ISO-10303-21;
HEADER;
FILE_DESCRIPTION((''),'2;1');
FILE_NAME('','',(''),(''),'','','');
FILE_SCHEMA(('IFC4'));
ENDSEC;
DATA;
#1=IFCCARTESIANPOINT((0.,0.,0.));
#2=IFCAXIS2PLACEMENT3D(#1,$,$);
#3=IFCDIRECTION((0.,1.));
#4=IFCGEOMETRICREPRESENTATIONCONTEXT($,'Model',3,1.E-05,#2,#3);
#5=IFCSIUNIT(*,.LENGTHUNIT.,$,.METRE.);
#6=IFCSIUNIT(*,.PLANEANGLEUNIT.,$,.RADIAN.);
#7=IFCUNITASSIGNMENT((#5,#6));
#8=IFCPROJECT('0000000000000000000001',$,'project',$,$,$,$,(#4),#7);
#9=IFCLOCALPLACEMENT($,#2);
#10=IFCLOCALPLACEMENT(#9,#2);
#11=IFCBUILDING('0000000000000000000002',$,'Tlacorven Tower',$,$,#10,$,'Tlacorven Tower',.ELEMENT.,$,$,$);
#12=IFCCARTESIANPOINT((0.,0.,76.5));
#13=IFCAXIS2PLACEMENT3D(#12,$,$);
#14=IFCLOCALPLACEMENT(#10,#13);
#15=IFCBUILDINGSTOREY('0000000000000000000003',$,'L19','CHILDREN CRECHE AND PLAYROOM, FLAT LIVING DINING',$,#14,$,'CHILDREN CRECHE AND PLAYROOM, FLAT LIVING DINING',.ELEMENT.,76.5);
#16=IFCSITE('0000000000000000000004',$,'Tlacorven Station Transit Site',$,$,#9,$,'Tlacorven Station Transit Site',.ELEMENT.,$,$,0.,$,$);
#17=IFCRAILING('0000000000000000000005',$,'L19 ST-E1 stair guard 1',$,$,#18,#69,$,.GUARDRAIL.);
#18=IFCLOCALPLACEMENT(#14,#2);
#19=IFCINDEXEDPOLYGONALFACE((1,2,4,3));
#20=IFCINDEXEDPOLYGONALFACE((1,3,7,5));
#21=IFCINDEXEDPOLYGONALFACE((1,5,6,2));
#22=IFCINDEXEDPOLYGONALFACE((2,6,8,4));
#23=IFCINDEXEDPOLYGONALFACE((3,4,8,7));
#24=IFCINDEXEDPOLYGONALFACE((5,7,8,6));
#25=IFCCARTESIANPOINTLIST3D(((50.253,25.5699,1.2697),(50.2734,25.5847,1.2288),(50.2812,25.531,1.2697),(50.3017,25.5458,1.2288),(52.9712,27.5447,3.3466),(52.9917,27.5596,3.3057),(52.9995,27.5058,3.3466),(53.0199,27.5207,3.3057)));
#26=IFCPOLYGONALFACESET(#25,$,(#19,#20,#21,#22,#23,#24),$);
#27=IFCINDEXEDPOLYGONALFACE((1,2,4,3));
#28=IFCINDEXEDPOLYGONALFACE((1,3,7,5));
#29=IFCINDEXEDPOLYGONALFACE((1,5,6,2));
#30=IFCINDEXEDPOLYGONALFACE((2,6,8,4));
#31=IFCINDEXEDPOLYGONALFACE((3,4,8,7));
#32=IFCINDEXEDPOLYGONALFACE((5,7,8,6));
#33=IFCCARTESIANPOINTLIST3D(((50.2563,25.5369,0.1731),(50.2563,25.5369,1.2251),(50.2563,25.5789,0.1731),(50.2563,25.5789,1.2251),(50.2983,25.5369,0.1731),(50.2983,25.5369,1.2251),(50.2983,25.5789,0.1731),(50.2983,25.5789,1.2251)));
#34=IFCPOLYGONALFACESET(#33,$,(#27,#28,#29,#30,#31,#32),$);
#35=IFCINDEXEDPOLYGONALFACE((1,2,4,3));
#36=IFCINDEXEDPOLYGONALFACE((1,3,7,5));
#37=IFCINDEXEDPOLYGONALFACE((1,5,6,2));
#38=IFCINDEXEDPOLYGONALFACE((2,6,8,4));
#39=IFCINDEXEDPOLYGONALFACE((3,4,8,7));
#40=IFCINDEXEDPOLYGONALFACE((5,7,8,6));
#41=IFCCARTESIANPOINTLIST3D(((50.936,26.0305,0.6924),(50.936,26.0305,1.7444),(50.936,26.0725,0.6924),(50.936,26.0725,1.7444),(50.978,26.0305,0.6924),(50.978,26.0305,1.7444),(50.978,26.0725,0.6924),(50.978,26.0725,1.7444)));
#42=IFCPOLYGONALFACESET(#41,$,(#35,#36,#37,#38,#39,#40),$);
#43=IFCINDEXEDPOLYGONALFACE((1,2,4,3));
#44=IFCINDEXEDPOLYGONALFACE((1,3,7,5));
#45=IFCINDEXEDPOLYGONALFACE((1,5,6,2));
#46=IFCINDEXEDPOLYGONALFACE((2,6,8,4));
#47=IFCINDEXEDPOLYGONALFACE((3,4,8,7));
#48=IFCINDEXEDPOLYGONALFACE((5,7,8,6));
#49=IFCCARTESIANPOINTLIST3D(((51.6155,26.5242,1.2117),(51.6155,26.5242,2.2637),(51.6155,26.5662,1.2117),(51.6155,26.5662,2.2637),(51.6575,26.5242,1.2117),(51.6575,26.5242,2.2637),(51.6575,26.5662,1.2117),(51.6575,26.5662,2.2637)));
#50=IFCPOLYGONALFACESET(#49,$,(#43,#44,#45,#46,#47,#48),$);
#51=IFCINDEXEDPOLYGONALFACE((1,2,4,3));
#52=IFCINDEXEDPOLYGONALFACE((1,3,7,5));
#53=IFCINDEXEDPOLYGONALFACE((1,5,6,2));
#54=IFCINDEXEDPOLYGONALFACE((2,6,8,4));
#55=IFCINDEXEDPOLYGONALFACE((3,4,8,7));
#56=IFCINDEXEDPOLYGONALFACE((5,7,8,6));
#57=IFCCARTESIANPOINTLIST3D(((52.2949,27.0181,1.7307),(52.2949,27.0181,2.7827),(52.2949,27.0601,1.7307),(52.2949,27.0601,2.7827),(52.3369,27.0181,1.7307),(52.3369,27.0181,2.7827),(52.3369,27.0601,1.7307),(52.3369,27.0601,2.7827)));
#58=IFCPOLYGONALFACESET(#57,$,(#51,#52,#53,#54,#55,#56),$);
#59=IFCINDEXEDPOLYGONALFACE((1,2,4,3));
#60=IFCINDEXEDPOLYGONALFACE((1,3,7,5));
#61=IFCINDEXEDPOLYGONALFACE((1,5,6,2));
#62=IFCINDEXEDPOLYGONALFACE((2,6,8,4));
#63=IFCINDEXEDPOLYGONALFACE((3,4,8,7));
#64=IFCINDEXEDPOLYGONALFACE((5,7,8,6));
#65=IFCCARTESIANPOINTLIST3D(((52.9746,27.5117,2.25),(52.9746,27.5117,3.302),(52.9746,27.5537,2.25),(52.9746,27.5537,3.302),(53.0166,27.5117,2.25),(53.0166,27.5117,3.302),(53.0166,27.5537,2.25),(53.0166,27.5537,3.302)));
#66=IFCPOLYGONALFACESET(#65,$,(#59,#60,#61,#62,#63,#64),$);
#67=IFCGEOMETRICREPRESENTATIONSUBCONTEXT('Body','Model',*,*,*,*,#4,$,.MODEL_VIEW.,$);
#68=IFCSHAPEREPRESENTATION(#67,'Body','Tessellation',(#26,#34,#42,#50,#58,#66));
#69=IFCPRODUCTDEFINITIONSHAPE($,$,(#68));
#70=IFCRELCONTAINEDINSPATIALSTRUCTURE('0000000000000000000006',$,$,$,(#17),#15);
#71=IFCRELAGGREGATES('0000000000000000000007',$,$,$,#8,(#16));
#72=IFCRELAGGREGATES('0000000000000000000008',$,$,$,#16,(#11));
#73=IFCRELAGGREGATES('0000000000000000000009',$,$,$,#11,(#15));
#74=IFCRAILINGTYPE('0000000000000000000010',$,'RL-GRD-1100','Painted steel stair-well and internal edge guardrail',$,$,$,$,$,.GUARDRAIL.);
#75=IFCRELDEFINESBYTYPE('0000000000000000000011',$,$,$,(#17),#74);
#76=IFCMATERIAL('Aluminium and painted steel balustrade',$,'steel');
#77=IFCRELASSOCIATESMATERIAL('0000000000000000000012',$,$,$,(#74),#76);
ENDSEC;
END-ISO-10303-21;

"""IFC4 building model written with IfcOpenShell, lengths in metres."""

from ifc_helpers import new_model, si_unit, direction, frame, origin, origin_2d, place, context, subcontext, project, spatial, rectangle, extrude, source, transform, mapped, material, type_object, element, save


model = new_model("IFC4")

# Units and contexts
model_context = context("Model", 3, precision=1e-05, world=origin(), true_north=direction((0.0, 1.0)))
body_context = subcontext(model_context, "Body", "Model", "MODEL_VIEW")
ifc_project = project(units=[si_unit("LENGTHUNIT", "METRE"), si_unit("PLANEANGLEUNIT", "RADIAN")], contexts=[model_context])

# Site, building, storey
site_placement = place(None, origin())
site = spatial("IfcSite", under=ifc_project, at=site_placement, Name="Tlacorven Station Transit Site", LongName="Tlacorven Station Transit Site", CompositionType="ELEMENT", RefElevation=0.0)
building_placement = place(site_placement, origin())
building = spatial("IfcBuilding", under=site, at=building_placement, Name="Tlacorven Tower", LongName="Tlacorven Tower", CompositionType="ELEMENT")
storey_placement = place(building_placement, frame((0.0, 0.0, 76.5)))
storey = spatial("IfcBuildingStorey", under=building, at=storey_placement, Name="L19", Description="CHILDREN CRECHE AND PLAYROOM, FLAT LIVING DINING", LongName="CHILDREN CRECHE AND PLAYROOM, FLAT LIVING DINING", CompositionType="ELEMENT", Elevation=76.5)

# Railing
ifc_material_1 = material(Name="Aluminium and painted steel balustrade", Category="steel")
railing_type_1 = type_object("IfcRailingType", Name="RL-GRD-1100", Description="Painted steel stair-well and internal edge guardrail", PredefinedType="GUARDRAIL", material=ifc_material_1)
shared_shape_1 = source(origin(), body_context, "Body", "SweptSolid", [
    extrude(rectangle(XDim=0.0481, YDim=0.0481, at=origin_2d()), frame((0.0, 0.0, 1.0762), z_axis=(0.688167, 0.499963, 0.525798), x_axis=(-0.58777, 0.809028, 0.0)), (0.0, 0.0, 1.0), 3.95),
    extrude(rectangle(XDim=0.042, YDim=0.042, at=origin_2d()), origin(), (0.0, 0.0, 1.0), 1.052),
    extrude(rectangle(XDim=0.042, YDim=0.042, at=origin_2d()), frame((0.6797, 0.4937, 0.5193)), (0.0, 0.0, 1.0), 1.052),
    extrude(rectangle(XDim=0.042, YDim=0.042, at=origin_2d()), frame((1.3591, 0.9873, 1.0386)), (0.0, 0.0, 1.0), 1.052),
    extrude(rectangle(XDim=0.042, YDim=0.042, at=origin_2d()), frame((2.0386, 1.4812, 1.5576)), (0.0, 0.0, 1.0), 1.052),
    extrude(rectangle(XDim=0.042, YDim=0.042, at=origin_2d()), frame((2.7183, 1.9749, 2.0769)), (0.0, 0.0, 1.0), 1.052),
])
railing_1_placement = place(storey_placement, frame((50.2773, 25.5579, 0.1731)))
element("IfcRailing", 1, at=railing_1_placement, inside=storey, type_object=railing_type_1, Name="L19 ST-E1 stair guard 1", PredefinedType="GUARDRAIL", context=body_context, shape_type="MappedRepresentation", body=[
    mapped(shared_shape_1, transform((0.0, 0.0, 0.0), scale=1.0)),
])

save(model, "model.ifc")
